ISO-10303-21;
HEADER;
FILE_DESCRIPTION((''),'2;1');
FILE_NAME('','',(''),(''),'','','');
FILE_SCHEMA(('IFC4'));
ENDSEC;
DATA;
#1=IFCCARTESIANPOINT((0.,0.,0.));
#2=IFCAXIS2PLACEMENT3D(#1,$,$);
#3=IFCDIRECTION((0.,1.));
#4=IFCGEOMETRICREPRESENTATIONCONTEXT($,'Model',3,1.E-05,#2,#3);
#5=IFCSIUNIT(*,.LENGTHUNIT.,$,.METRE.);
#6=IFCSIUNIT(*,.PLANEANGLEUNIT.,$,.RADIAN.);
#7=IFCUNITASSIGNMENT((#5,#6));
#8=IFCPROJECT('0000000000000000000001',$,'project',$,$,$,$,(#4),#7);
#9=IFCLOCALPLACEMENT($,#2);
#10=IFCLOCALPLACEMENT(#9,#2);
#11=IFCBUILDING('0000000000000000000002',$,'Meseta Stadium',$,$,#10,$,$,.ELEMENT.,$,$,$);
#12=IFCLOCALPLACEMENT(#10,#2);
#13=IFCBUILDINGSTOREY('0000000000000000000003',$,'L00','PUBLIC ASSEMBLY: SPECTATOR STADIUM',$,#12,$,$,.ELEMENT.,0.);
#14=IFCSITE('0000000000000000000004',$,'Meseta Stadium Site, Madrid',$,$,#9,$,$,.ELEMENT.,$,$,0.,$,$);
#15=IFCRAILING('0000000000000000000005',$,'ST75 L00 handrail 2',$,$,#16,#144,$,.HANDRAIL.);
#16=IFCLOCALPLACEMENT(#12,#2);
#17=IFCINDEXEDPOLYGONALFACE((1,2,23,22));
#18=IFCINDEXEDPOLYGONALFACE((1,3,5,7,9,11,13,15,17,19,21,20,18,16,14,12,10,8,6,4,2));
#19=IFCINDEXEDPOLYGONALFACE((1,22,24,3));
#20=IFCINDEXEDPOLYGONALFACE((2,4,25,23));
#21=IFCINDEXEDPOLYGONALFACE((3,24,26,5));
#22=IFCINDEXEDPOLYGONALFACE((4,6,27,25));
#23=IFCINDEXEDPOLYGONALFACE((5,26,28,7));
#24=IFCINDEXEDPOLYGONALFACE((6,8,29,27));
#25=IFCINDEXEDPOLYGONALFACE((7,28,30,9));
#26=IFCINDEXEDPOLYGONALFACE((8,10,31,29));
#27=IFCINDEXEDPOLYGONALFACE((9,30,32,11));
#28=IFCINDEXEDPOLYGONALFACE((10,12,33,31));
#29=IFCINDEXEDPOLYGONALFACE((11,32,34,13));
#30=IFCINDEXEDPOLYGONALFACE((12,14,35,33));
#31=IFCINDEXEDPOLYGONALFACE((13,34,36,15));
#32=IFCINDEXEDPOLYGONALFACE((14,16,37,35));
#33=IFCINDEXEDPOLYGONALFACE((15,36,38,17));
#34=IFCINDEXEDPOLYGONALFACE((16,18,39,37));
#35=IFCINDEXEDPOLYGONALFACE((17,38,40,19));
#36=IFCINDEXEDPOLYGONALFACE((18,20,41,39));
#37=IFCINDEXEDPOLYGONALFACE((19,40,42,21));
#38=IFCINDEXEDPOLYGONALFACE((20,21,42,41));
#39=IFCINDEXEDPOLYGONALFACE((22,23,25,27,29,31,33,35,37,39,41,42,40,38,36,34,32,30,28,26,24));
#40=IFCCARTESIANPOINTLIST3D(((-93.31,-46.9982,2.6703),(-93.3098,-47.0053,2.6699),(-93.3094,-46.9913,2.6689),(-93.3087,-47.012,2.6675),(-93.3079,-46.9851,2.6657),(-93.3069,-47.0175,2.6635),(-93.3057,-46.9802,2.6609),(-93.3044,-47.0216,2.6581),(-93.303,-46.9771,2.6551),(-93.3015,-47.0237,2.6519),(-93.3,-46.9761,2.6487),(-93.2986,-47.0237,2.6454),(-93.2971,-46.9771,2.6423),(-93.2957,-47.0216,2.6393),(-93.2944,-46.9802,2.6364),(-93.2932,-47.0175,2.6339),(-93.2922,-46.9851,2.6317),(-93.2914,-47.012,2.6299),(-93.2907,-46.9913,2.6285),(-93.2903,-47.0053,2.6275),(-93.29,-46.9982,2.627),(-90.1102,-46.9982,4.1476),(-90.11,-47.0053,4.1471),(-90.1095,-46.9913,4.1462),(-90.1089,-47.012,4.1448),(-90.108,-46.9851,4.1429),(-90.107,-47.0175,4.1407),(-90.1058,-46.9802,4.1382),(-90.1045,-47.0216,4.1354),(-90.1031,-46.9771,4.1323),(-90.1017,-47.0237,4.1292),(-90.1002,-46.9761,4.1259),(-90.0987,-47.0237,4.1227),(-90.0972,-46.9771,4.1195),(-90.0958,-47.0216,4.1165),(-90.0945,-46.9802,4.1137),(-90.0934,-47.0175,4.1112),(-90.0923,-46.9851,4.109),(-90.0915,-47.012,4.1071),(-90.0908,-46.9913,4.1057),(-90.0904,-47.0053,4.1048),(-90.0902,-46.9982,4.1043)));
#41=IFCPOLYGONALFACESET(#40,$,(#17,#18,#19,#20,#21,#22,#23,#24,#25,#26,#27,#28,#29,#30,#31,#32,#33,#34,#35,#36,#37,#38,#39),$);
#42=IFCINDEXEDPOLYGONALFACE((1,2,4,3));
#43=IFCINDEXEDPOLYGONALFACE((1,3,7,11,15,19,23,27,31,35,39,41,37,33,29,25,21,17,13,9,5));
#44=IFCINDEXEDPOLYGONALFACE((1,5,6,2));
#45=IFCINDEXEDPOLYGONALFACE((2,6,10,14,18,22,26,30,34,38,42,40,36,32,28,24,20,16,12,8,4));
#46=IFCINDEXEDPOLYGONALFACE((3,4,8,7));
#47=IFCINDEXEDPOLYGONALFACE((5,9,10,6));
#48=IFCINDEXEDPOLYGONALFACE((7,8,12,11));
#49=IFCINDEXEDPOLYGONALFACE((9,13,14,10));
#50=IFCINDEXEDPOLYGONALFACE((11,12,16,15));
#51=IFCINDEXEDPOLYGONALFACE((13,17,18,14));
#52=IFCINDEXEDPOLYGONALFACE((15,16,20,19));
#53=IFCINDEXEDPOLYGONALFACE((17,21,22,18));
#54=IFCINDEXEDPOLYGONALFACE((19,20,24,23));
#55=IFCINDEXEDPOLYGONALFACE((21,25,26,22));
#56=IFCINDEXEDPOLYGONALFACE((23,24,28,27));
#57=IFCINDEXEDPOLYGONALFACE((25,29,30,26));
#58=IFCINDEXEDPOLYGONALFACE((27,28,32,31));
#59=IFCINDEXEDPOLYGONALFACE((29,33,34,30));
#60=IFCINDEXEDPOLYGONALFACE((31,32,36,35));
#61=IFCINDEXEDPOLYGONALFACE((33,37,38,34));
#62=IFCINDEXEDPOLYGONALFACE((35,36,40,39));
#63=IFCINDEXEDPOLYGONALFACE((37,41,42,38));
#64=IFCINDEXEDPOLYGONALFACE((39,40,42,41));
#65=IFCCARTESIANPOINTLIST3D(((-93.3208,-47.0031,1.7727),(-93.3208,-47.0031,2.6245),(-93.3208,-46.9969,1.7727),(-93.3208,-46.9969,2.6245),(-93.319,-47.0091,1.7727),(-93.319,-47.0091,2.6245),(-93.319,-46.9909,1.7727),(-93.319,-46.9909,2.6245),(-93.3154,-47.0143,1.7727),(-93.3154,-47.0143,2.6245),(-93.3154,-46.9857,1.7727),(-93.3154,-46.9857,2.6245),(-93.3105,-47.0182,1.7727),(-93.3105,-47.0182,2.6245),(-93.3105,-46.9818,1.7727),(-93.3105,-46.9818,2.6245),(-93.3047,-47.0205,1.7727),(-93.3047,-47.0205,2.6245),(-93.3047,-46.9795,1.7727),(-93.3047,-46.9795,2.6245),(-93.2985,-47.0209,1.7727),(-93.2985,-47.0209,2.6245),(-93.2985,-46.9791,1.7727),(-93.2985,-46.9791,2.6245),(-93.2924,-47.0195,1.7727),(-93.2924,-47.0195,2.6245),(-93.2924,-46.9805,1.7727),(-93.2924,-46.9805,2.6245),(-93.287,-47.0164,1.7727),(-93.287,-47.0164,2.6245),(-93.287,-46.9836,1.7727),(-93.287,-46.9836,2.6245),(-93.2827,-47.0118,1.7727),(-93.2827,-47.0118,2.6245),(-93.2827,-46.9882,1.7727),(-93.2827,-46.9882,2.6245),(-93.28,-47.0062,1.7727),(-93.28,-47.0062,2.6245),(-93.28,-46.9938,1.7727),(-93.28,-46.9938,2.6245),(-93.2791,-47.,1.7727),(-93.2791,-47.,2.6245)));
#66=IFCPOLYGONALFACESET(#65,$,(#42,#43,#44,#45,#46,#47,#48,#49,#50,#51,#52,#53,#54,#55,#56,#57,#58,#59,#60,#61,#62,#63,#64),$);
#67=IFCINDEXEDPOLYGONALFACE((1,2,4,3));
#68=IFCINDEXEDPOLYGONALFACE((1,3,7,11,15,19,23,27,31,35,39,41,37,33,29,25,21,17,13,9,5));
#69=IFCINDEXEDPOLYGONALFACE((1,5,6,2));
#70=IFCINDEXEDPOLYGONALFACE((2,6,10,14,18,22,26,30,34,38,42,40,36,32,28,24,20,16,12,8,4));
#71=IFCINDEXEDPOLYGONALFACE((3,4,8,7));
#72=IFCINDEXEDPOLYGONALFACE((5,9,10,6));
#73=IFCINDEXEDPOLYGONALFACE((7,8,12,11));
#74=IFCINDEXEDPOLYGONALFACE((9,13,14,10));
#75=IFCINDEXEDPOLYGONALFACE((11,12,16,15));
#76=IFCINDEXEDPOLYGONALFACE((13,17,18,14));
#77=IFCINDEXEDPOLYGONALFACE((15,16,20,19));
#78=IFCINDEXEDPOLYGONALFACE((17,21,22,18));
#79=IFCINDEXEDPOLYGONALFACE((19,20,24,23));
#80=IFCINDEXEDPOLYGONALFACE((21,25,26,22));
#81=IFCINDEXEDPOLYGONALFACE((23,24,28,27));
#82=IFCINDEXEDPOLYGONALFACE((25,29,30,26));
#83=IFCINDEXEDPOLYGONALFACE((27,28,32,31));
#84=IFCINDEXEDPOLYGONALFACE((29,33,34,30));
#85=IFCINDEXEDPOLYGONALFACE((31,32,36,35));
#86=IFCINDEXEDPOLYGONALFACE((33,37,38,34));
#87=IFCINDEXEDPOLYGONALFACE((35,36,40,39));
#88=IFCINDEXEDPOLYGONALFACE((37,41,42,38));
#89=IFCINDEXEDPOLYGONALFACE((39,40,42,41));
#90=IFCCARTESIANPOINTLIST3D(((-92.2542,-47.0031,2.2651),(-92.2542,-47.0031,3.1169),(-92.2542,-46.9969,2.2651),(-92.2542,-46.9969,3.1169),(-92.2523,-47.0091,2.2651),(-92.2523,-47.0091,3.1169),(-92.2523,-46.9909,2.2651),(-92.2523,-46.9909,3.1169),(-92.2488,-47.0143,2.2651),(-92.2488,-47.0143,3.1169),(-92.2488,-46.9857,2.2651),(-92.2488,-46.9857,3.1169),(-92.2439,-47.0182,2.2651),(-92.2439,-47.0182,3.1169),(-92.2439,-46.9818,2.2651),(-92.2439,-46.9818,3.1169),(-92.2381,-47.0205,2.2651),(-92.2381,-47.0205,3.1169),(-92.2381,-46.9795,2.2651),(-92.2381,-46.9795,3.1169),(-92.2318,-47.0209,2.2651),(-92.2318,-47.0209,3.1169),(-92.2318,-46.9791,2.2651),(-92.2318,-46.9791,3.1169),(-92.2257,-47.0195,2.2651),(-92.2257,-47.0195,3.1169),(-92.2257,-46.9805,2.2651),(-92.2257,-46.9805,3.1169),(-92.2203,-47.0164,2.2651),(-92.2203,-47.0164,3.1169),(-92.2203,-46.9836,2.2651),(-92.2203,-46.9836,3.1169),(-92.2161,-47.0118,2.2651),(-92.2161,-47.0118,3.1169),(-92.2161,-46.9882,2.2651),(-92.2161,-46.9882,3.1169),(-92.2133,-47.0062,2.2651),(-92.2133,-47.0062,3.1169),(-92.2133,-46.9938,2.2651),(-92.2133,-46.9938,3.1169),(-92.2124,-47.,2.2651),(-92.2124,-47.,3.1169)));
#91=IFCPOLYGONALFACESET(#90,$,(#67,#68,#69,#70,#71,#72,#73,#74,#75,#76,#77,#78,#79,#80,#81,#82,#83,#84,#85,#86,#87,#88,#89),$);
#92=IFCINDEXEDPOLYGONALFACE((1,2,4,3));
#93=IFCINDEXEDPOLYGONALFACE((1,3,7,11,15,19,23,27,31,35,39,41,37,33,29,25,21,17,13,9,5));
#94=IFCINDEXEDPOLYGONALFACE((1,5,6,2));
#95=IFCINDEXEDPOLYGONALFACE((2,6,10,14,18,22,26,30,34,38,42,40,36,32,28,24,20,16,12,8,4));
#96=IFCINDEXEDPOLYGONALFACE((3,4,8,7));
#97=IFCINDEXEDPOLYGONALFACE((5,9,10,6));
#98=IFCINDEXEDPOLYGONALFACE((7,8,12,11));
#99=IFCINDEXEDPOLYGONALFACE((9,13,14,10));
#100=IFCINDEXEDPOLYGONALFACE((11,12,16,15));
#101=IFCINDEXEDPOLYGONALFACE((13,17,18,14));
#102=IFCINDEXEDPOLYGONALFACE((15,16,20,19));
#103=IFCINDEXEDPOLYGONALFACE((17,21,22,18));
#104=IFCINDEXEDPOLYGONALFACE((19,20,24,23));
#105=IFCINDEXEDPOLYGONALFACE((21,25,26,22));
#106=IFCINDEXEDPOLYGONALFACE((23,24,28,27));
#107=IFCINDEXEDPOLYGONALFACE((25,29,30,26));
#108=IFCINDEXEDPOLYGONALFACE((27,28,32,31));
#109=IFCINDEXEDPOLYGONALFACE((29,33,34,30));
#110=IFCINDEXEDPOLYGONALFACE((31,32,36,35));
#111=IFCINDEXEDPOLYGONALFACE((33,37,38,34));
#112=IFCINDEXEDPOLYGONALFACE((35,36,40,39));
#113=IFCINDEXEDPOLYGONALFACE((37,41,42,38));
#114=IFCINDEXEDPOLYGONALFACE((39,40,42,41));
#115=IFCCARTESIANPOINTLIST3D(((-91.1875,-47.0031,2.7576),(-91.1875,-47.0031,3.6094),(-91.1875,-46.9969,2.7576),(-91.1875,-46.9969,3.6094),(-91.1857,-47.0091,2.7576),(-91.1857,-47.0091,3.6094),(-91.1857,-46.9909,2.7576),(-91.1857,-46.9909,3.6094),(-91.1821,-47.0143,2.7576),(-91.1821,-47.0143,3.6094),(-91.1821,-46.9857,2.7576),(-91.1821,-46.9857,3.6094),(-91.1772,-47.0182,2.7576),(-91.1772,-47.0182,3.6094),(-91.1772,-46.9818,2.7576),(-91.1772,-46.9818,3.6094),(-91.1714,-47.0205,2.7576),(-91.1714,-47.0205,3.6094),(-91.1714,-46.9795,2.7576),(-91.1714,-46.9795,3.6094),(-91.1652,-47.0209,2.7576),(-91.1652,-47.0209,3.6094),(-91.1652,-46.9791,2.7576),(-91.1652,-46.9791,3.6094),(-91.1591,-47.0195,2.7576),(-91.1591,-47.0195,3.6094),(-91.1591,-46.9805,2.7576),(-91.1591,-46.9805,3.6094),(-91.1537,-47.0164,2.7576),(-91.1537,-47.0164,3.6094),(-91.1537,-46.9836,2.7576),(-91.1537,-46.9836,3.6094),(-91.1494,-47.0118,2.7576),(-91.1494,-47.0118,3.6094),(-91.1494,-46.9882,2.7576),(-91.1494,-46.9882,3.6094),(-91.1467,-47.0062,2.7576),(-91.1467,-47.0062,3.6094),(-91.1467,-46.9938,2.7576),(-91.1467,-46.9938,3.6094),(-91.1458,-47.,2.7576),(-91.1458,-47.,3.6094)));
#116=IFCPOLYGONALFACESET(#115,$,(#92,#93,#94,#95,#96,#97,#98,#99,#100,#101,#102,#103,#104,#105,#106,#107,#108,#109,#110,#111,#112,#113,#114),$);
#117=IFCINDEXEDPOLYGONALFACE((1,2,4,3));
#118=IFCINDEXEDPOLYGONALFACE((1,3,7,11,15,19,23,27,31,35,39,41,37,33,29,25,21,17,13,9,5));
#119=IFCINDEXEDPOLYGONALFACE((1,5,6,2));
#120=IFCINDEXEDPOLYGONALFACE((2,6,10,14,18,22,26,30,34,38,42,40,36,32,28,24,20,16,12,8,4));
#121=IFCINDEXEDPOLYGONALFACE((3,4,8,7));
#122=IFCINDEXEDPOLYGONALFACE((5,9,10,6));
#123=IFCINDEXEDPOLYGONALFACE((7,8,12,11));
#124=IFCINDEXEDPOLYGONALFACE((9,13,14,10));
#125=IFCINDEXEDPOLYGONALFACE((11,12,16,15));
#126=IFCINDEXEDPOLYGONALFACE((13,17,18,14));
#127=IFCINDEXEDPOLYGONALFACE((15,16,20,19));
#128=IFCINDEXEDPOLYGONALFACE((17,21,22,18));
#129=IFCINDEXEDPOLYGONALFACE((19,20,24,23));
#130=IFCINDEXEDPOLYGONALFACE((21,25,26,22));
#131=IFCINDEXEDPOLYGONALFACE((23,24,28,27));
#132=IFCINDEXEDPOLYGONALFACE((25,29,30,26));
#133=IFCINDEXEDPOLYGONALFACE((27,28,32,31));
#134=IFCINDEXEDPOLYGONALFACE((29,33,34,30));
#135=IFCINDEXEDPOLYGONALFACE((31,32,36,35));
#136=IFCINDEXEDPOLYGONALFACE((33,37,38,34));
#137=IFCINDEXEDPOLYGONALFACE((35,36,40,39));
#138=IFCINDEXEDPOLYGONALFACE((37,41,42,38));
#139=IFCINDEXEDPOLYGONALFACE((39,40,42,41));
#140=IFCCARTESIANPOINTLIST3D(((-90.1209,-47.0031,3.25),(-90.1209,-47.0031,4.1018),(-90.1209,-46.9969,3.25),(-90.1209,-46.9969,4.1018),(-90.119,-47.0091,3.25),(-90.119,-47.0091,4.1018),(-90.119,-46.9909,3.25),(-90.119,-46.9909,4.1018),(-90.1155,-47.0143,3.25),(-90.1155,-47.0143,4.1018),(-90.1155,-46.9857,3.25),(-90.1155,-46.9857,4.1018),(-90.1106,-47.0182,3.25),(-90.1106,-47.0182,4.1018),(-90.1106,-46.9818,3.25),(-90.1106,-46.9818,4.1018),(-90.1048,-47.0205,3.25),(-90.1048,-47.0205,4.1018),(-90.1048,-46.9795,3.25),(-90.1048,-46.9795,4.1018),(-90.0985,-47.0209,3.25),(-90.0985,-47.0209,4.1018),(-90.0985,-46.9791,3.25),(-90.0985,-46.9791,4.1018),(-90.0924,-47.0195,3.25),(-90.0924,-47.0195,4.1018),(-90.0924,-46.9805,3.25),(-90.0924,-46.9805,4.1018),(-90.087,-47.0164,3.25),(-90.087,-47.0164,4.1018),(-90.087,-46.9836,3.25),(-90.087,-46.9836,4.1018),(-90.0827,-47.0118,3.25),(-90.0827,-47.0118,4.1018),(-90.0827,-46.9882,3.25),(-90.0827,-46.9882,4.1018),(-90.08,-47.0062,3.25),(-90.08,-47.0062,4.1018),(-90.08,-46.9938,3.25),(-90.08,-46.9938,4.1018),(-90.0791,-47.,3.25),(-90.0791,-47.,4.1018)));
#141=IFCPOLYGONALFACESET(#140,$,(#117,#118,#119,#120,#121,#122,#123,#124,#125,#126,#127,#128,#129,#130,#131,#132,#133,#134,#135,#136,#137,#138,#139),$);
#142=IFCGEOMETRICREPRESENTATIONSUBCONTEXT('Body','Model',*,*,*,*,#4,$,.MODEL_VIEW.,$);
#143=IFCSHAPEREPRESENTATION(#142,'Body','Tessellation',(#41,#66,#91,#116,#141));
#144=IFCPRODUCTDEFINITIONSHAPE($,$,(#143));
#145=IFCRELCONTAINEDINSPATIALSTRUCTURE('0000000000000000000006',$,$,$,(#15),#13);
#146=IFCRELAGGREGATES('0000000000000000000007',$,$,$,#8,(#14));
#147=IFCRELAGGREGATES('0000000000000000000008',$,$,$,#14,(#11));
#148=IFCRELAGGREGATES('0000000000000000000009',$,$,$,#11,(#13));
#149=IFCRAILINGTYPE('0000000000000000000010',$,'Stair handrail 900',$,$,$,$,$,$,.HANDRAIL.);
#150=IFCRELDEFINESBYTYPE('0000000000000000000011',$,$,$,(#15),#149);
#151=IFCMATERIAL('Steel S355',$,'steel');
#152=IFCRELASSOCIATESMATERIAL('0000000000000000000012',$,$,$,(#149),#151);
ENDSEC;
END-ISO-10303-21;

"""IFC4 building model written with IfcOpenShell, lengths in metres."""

from ifc_helpers import new_model, si_unit, direction, frame, origin, origin_2d, place, context, subcontext, project, spatial, circle, extrude, material, type_object, element, save


model = new_model("IFC4")

# Units and contexts
model_context = context("Model", 3, precision=1e-05, world=origin(), true_north=direction((0.0, 1.0)))
body_context = subcontext(model_context, "Body", "Model", "MODEL_VIEW")
ifc_project = project(units=[si_unit("LENGTHUNIT", "METRE"), si_unit("PLANEANGLEUNIT", "RADIAN")], contexts=[model_context])

# Site, building, storey
site_placement = place(None, origin())
site = spatial("IfcSite", under=ifc_project, at=site_placement, Name="Meseta Stadium Site, Madrid", CompositionType="ELEMENT", RefElevation=0.0)
building_placement = place(site_placement, origin())
building = spatial("IfcBuilding", under=site, at=building_placement, Name="Meseta Stadium", CompositionType="ELEMENT")
storey_placement = place(building_placement, origin())
storey = spatial("IfcBuildingStorey", under=building, at=storey_placement, Name="L00", Description="PUBLIC ASSEMBLY: SPECTATOR STADIUM", CompositionType="ELEMENT", Elevation=0.0)

# Railing
ifc_material_1 = material(Name="Steel S355", Category="steel")
railing_type_1 = type_object("IfcRailingType", Name="Stair handrail 900", PredefinedType="HANDRAIL", material=ifc_material_1)
for number, where, name in (
    (1, (-93.3, -47.0, 1.7727), "ST75 L00 handrail 2"),
):
    element("IfcRailing", number, at=place(storey_placement, frame(where)), inside=storey, type_object=railing_type_1, Name=name, PredefinedType="HANDRAIL", context=body_context, shape_type="SweptSolid", body=[
        extrude(circle(Radius=0.0239, at=origin_2d()), frame((0.0, 0.0, 0.876), z_axis=(0.907917, 0.0, 0.41915), x_axis=(0.0, 1.0, 0.0)), (0.0, 0.0, 1.0), 3.5244),
        extrude(circle(Radius=0.021, at=origin_2d()), origin(), (0.0, 0.0, 1.0), 0.8518),
        extrude(circle(Radius=0.021, at=origin_2d()), frame((1.0667, 0.0, 0.4924)), (0.0, 0.0, 1.0), 0.8518),
        extrude(circle(Radius=0.021, at=origin_2d()), frame((2.1333, 0.0, 0.9849)), (0.0, 0.0, 1.0), 0.8518),
        extrude(circle(Radius=0.021, at=origin_2d()), frame((3.2, 0.0, 1.4773)), (0.0, 0.0, 1.0), 0.8518),
    ])

save(model, "model.ifc")
